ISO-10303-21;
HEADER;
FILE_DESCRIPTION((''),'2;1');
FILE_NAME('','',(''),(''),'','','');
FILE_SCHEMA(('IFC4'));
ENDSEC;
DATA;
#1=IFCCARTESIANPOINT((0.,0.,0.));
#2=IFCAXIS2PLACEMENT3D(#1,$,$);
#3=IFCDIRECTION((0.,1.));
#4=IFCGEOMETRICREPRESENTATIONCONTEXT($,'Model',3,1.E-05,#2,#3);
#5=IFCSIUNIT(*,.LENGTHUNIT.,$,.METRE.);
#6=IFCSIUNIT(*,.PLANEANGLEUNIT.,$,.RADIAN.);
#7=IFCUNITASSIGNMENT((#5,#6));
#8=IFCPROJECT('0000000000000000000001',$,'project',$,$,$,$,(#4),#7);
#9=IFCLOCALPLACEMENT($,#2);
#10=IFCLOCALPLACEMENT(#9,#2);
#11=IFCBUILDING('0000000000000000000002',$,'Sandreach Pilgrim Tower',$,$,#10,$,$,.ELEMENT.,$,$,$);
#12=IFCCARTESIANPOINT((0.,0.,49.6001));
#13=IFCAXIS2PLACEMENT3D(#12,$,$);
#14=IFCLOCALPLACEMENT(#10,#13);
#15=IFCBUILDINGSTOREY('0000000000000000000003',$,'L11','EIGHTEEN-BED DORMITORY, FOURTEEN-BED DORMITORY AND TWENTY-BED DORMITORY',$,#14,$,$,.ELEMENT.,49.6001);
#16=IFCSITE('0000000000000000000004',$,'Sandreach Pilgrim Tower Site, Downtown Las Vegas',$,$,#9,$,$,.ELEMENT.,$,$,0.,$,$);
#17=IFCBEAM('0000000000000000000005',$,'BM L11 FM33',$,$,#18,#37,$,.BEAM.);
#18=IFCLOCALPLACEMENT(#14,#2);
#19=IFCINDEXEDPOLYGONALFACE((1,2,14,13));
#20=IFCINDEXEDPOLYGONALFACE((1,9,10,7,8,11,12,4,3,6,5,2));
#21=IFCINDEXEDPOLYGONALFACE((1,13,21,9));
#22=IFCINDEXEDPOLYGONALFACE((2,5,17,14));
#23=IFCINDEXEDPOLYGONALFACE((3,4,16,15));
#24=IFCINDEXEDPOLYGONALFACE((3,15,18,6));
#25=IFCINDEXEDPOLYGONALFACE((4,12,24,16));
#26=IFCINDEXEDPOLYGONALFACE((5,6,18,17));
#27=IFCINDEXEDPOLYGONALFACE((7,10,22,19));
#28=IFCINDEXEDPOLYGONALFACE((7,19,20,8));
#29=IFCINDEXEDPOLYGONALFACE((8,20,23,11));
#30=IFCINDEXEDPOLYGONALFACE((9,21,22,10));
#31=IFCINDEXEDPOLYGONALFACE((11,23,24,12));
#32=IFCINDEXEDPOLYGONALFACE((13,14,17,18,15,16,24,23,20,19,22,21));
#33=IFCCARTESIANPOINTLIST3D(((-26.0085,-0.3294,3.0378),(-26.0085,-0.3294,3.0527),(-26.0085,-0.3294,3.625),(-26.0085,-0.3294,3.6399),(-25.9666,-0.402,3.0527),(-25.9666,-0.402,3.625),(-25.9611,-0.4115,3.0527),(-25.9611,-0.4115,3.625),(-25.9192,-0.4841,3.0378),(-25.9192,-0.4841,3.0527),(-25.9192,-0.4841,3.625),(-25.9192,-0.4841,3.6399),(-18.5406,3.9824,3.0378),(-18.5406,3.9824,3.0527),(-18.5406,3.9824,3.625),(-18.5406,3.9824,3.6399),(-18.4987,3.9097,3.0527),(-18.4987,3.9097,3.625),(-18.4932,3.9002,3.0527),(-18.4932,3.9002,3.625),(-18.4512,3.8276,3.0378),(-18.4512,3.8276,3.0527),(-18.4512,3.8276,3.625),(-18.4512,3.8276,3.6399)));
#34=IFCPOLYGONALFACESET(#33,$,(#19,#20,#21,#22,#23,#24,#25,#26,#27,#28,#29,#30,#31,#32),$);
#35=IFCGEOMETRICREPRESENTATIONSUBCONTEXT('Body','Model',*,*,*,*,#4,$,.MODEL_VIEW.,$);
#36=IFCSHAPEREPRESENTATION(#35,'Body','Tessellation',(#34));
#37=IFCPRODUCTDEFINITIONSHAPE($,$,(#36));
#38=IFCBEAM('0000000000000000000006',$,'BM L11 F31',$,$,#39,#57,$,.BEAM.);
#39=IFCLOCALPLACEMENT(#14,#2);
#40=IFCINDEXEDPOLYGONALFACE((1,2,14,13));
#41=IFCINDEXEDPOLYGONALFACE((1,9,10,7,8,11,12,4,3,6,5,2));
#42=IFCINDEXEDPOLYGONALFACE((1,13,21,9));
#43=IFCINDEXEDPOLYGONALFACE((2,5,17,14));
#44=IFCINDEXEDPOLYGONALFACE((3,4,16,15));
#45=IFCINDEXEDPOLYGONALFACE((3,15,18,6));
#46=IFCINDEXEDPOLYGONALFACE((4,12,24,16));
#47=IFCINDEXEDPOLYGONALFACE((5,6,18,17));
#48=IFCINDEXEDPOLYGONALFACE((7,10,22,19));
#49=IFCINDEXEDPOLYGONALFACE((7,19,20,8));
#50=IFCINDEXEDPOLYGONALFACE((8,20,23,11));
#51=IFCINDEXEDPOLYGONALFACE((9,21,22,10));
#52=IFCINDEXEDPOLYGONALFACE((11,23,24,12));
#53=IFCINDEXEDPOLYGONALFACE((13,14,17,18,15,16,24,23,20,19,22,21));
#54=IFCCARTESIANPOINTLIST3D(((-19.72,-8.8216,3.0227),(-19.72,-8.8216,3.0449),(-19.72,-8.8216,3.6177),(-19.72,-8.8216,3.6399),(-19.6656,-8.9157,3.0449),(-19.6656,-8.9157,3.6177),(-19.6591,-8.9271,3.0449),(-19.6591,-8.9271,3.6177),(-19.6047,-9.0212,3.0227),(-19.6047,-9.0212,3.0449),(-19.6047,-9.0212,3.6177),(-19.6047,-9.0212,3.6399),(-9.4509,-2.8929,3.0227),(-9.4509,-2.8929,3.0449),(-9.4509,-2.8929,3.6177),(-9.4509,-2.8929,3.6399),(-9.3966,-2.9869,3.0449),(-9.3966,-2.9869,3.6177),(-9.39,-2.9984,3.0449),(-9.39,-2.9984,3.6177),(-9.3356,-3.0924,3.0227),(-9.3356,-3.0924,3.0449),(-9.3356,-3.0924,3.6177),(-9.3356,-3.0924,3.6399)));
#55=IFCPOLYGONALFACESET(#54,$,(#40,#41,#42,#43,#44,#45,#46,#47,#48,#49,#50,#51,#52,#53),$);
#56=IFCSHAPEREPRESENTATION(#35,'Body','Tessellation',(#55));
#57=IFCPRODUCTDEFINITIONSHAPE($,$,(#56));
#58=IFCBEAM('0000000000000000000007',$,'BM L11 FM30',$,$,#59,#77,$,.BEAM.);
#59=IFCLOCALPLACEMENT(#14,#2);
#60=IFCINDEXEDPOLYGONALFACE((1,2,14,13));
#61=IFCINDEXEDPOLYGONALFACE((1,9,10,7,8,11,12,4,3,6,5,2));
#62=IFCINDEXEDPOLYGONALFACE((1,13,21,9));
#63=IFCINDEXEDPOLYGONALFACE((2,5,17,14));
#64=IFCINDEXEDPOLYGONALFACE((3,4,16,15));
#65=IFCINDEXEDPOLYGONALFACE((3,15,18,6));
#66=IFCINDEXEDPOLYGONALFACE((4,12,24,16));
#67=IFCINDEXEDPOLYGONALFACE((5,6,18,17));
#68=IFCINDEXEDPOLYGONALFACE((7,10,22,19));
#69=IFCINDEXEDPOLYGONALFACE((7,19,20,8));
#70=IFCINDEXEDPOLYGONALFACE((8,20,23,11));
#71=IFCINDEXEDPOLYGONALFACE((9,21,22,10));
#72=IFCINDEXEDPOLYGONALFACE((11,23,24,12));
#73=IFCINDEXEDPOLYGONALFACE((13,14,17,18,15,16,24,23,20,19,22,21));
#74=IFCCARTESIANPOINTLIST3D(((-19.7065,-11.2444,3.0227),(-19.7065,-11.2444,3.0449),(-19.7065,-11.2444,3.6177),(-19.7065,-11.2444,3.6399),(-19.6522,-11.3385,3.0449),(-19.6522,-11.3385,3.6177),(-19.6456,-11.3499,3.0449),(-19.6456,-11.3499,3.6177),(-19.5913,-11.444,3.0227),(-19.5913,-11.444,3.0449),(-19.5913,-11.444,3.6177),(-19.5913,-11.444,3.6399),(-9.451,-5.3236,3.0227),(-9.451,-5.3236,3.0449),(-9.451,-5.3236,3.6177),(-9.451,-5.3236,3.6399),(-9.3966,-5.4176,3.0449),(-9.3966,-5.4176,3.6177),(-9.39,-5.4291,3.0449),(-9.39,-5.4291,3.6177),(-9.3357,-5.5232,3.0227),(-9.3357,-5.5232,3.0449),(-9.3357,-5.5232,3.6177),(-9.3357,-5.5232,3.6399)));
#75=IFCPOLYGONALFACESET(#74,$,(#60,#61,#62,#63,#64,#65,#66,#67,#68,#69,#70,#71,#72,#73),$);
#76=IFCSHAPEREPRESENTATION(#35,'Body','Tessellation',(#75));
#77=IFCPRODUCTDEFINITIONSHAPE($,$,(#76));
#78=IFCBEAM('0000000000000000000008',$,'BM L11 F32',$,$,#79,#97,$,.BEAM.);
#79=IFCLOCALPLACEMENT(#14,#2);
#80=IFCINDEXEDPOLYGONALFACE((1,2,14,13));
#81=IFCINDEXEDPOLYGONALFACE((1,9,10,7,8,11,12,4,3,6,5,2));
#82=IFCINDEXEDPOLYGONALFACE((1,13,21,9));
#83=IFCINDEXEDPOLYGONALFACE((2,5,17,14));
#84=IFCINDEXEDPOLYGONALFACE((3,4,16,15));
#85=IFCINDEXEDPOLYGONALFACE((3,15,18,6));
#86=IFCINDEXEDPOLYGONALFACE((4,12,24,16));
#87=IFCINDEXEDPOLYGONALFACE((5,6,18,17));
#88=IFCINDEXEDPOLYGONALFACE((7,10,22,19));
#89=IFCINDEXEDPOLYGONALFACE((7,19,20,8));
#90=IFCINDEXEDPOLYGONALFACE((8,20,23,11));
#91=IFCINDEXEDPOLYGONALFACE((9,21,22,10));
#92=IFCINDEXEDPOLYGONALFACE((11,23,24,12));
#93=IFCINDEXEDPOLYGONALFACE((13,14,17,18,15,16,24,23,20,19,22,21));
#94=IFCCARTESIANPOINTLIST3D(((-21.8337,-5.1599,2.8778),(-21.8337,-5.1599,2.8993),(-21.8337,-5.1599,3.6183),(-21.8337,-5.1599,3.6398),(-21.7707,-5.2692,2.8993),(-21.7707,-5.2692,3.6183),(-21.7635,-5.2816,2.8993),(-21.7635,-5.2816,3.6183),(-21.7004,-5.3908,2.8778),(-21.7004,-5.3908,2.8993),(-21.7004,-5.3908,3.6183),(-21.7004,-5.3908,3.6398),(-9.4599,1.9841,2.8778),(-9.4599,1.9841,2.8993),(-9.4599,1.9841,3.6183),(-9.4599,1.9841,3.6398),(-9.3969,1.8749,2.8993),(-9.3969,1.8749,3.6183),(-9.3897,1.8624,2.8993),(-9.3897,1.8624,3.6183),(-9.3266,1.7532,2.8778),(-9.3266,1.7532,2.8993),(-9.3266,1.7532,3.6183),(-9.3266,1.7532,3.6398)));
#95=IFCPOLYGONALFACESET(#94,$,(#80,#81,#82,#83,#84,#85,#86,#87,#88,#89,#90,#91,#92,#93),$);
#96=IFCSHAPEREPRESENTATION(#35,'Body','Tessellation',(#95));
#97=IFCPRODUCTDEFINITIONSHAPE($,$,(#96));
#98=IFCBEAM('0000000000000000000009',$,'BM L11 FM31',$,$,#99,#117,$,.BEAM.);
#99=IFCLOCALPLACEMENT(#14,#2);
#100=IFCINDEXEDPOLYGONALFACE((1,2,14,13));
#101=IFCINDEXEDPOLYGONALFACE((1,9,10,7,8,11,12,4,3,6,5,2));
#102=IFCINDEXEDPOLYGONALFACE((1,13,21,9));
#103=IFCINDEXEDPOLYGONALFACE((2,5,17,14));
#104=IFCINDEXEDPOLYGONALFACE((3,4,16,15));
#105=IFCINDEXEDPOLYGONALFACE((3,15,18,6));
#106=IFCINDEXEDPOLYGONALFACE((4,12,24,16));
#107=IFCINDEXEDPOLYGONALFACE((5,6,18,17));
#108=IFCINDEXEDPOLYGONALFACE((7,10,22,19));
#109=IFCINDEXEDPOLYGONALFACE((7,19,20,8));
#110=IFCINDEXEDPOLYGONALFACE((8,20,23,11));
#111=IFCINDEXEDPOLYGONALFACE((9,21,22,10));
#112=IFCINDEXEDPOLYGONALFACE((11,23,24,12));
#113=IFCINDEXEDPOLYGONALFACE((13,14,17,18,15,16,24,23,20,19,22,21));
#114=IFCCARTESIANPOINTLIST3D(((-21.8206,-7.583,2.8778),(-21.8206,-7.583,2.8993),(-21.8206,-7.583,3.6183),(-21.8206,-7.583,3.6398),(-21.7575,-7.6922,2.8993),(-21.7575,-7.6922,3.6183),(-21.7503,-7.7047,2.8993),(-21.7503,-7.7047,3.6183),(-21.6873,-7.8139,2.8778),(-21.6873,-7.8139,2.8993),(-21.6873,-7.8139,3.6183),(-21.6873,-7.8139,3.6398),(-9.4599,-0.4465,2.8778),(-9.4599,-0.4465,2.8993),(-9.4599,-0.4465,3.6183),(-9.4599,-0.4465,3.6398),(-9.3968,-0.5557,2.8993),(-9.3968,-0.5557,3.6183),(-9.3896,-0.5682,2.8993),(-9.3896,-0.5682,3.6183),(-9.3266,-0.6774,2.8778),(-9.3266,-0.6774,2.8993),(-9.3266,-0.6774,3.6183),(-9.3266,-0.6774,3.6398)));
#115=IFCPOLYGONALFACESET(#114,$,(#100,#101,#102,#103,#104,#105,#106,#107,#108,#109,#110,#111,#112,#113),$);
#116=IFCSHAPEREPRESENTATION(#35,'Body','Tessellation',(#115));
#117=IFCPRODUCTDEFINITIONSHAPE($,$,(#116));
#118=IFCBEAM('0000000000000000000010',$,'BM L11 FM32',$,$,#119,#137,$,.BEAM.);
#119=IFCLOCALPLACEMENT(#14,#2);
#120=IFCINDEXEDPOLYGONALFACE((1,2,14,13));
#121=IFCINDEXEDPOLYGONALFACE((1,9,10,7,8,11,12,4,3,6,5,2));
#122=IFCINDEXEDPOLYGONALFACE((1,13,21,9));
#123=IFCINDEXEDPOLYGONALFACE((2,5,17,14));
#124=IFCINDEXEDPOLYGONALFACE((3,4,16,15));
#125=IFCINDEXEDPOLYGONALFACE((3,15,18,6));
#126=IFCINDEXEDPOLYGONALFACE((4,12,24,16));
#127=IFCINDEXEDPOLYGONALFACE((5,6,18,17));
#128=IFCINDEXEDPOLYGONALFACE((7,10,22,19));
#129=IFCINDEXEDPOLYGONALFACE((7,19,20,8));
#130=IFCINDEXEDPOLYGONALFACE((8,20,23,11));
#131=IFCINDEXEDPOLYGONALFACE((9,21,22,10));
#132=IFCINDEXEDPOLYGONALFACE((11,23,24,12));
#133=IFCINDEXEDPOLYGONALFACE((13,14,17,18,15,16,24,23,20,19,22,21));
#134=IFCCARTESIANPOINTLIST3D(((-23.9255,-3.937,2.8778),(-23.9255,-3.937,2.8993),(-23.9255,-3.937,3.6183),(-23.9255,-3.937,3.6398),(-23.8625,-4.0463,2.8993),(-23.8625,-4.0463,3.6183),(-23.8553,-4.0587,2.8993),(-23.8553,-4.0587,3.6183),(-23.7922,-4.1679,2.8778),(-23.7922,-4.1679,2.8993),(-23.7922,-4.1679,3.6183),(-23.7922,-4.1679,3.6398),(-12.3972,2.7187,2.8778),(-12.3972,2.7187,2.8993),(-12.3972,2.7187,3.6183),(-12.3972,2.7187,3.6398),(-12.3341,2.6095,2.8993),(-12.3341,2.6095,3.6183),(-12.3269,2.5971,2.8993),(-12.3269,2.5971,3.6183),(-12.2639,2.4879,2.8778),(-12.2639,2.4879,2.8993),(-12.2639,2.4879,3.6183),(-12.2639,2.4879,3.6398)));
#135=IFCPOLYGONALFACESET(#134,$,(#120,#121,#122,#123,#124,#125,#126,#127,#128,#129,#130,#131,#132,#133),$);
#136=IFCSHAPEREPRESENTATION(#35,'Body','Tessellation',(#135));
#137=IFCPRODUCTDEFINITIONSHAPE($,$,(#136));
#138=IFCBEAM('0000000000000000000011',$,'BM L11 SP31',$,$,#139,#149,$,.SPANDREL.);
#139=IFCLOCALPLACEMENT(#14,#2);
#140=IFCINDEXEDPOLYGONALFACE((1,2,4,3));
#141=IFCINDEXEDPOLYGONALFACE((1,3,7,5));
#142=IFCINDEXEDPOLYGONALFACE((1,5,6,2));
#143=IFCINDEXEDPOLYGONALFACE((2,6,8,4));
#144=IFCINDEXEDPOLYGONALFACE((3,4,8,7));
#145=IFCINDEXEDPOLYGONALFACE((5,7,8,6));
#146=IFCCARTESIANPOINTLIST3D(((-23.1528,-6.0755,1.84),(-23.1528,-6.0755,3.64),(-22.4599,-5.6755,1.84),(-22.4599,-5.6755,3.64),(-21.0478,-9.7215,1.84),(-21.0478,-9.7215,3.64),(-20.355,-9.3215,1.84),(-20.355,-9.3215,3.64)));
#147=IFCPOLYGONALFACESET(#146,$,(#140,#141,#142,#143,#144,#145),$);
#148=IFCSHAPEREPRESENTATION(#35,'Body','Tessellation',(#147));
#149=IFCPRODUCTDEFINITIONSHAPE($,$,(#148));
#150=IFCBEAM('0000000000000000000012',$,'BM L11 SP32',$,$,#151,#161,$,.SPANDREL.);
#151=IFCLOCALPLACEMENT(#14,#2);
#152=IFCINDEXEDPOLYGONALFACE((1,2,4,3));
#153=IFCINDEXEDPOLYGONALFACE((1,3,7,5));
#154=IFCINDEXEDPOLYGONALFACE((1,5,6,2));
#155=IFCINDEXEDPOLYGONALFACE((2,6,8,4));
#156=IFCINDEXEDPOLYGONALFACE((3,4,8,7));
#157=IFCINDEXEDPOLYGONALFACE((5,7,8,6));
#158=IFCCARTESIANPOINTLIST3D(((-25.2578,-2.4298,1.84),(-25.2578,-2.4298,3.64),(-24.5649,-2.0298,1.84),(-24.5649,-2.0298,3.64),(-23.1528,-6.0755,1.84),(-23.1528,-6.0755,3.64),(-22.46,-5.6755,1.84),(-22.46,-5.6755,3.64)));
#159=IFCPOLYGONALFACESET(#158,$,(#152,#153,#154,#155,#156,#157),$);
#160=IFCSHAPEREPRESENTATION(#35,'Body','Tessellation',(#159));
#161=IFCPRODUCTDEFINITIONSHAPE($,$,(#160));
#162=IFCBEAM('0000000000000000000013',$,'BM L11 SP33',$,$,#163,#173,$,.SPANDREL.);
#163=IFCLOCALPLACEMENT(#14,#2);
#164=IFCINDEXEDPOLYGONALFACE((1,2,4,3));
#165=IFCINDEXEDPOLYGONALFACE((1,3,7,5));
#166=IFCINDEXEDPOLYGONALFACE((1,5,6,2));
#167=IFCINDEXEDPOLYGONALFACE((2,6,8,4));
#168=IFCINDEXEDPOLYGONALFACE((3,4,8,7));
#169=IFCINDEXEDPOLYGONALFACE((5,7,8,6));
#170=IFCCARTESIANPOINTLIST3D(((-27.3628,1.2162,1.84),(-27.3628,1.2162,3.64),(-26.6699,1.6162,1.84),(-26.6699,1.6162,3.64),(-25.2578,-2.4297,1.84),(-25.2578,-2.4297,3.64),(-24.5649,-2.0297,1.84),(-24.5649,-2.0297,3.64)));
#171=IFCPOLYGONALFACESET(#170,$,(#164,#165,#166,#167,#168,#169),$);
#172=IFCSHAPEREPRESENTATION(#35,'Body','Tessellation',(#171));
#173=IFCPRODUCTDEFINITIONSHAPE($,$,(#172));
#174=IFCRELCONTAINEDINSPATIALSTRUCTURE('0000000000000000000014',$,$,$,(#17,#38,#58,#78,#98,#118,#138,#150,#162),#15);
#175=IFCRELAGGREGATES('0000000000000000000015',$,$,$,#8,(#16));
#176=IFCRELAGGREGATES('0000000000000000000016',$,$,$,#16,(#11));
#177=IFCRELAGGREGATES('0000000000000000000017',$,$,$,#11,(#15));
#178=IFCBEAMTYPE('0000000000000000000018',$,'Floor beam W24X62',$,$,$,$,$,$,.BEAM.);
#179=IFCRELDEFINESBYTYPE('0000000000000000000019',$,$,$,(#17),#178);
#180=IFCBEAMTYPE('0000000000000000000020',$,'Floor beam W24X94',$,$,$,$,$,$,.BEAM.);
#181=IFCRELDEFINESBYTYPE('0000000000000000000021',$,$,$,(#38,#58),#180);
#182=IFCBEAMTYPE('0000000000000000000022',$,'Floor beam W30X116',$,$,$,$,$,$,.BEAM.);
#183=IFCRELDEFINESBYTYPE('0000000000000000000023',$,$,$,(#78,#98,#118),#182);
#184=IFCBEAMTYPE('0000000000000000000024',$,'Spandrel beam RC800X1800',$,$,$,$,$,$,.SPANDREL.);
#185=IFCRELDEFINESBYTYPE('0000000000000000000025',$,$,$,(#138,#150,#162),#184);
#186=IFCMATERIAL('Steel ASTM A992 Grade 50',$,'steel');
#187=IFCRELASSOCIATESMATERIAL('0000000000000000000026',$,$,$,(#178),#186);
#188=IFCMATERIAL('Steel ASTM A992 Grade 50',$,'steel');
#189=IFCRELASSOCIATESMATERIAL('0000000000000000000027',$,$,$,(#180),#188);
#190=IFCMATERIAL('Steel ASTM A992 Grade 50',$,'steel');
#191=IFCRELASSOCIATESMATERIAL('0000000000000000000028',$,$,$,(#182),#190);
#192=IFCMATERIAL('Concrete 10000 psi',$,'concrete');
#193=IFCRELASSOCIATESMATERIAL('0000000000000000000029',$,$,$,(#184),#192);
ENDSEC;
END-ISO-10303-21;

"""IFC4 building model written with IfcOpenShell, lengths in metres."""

from ifc_helpers import new_model, si_unit, direction, frame, origin, origin_2d, place, context, subcontext, project, spatial, rectangle, i_section, extrude, material, material_profile, profile_set, type_object, element, save


model = new_model("IFC4")

# Units and contexts
model_context = context("Model", 3, precision=1e-05, world=origin(), true_north=direction((0.0, 1.0)))
body_context = subcontext(model_context, "Body", "Model", "MODEL_VIEW")
ifc_project = project(units=[si_unit("LENGTHUNIT", "METRE"), si_unit("PLANEANGLEUNIT", "RADIAN")], contexts=[model_context])

# Site, building, storey
site_placement = place(None, origin())
site = spatial("IfcSite", under=ifc_project, at=site_placement, Name="Sandreach Pilgrim Tower Site, Downtown Las Vegas", CompositionType="ELEMENT", RefElevation=0.0)
building_placement = place(site_placement, origin())
building = spatial("IfcBuilding", under=site, at=building_placement, Name="Sandreach Pilgrim Tower", CompositionType="ELEMENT")
storey_placement = place(building_placement, frame((0.0, 0.0, 49.6001)))
storey = spatial("IfcBuildingStorey", under=building, at=storey_placement, Name="L11", Description="EIGHTEEN-BED DORMITORY, FOURTEEN-BED DORMITORY AND TWENTY-BED DORMITORY", CompositionType="ELEMENT", Elevation=49.6001)

# Beams
ifc_material_1 = material(Name="Steel ASTM A992 Grade 50", Category="steel")
ifc_material_profile_1 = material_profile(ifc_material_1, i_section(OverallWidth=0.1787, OverallDepth=0.6021, WebThickness=0.011, FlangeThickness=0.0149, at=origin_2d()), Name="W24X62")
ifc_profile_set_1 = profile_set([ifc_material_profile_1], Name="Steel ASTM A992 Grade 50")
beam_type_1 = type_object("IfcBeamType", Name="Floor beam W24X62", PredefinedType="BEAM", material=ifc_profile_set_1)
beam_1_placement = place(storey_placement, frame((-25.9639, -0.4067, 3.3389), z_axis=(0.86602, 0.500009, 0.0), x_axis=(-0.500009, 0.86602, 0.0)))
element("IfcBeam", 1, at=beam_1_placement, inside=storey, type_object=beam_type_1, Name="BM L11 FM33", PredefinedType="BEAM", context=body_context, shape_type="SweptSolid", body=[
    extrude(i_section(OverallWidth=0.1787, OverallDepth=0.6021, WebThickness=0.011, FlangeThickness=0.0149, at=origin_2d()), origin(), (0.0, 0.0, 1.0), 8.6233),
])
ifc_material_2 = material(Name="Steel ASTM A992 Grade 50", Category="steel")
ifc_material_profile_2 = material_profile(ifc_material_2, i_section(OverallWidth=0.2305, OverallDepth=0.6172, WebThickness=0.0132, FlangeThickness=0.0222, at=origin_2d()), Name="W24X94")
ifc_profile_set_2 = profile_set([ifc_material_profile_2], Name="Steel ASTM A992 Grade 50")
beam_type_2 = type_object("IfcBeamType", Name="Floor beam W24X94", PredefinedType="BEAM", material=ifc_profile_set_2)
beam_2_placement = place(storey_placement, frame((-19.6624, -8.9214, 3.3313), z_axis=(0.86603, 0.499992, 0.0), x_axis=(-0.499992, 0.86603, 0.0)))
element("IfcBeam", 2, at=beam_2_placement, inside=storey, type_object=beam_type_2, Name="BM L11 F31", PredefinedType="BEAM", context=body_context, shape_type="SweptSolid", body=[
    extrude(i_section(OverallWidth=0.2305, OverallDepth=0.6172, WebThickness=0.0132, FlangeThickness=0.0222, at=origin_2d()), origin(), (0.0, 0.0, 1.0), 11.8577),
])
beam_3_placement = place(storey_placement, frame((-19.6489, -11.3442, 3.3313), z_axis=(0.866032, 0.499988, 0.0), x_axis=(-0.499988, 0.866032, 0.0)))
element("IfcBeam", 3, at=beam_3_placement, inside=storey, type_object=beam_type_2, Name="BM L11 FM30", PredefinedType="BEAM", context=body_context, shape_type="SweptSolid", body=[
    extrude(i_section(OverallWidth=0.2305, OverallDepth=0.6172, WebThickness=0.0132, FlangeThickness=0.0222, at=origin_2d()), origin(), (0.0, 0.0, 1.0), 11.842),
])
ifc_material_3 = material(Name="Steel ASTM A992 Grade 50", Category="steel")
ifc_material_profile_3 = material_profile(ifc_material_3, i_section(OverallWidth=0.2666, OverallDepth=0.762, WebThickness=0.0144, FlangeThickness=0.0215, at=origin_2d()), Name="W30X116")
ifc_profile_set_3 = profile_set([ifc_material_profile_3], Name="Steel ASTM A992 Grade 50")
beam_type_3 = type_object("IfcBeamType", Name="Floor beam W30X116", PredefinedType="BEAM", material=ifc_profile_set_3)
beam_4_placement = place(storey_placement, frame((-21.7671, -5.2754, 3.2588), z_axis=(0.866024, 0.500002, 0.0), x_axis=(-0.500002, 0.866024, 0.0)))
element("IfcBeam", 4, at=beam_4_placement, inside=storey, type_object=beam_type_3, Name="BM L11 F32", PredefinedType="BEAM", context=body_context, shape_type="SweptSolid", body=[
    extrude(i_section(OverallWidth=0.2666, OverallDepth=0.762, WebThickness=0.0144, FlangeThickness=0.0215, at=origin_2d()), origin(), (0.0, 0.0, 1.0), 14.2881),
])
beam_5_placement = place(storey_placement, frame((-21.7539, -7.6985, 3.2588), z_axis=(0.866023, 0.500004, 0.0), x_axis=(-0.500004, 0.866023, 0.0)))
element("IfcBeam", 5, at=beam_5_placement, inside=storey, type_object=beam_type_3, Name="BM L11 FM31", PredefinedType="BEAM", context=body_context, shape_type="SweptSolid", body=[
    extrude(i_section(OverallWidth=0.2666, OverallDepth=0.762, WebThickness=0.0144, FlangeThickness=0.0215, at=origin_2d()), origin(), (0.0, 0.0, 1.0), 14.2729),
])
beam_6_placement = place(storey_placement, frame((-23.8589, -4.0525, 3.2588), z_axis=(0.866029, 0.499993, 0.0), x_axis=(-0.499993, 0.866029, 0.0)))
element("IfcBeam", 6, at=beam_6_placement, inside=storey, type_object=beam_type_3, Name="BM L11 FM32", PredefinedType="BEAM", context=body_context, shape_type="SweptSolid", body=[
    extrude(i_section(OverallWidth=0.2666, OverallDepth=0.762, WebThickness=0.0144, FlangeThickness=0.0215, at=origin_2d()), origin(), (0.0, 0.0, 1.0), 13.3118),
])
ifc_material_4 = material(Name="Concrete 10000 psi", Category="concrete")
ifc_material_profile_4 = material_profile(ifc_material_4, rectangle(XDim=0.8, YDim=1.8, at=origin_2d()), Name="RC800X1800")
ifc_profile_set_4 = profile_set([ifc_material_profile_4], Name="Concrete 10000 psi")
beam_type_4 = type_object("IfcBeamType", Name="Spandrel beam RC800X1800", PredefinedType="SPANDREL", material=ifc_profile_set_4)
beam_7_placement = place(storey_placement, frame((-20.7014, -9.5215, 2.74), z_axis=(-0.499994, 0.866029, 0.0), x_axis=(-0.866029, -0.499994, 0.0)))
element("IfcBeam", 7, at=beam_7_placement, inside=storey, type_object=beam_type_4, Name="BM L11 SP31", PredefinedType="SPANDREL", context=body_context, shape_type="SweptSolid", body=[
    extrude(rectangle(XDim=0.8, YDim=1.8, at=origin_2d()), origin(), (0.0, 0.0, 1.0), 4.21),
])
beam_8_placement = place(storey_placement, frame((-22.8064, -5.8755, 2.74), z_axis=(-0.500019, 0.866015, 0.0), x_axis=(-0.866015, -0.500019, 0.0)))
element("IfcBeam", 8, at=beam_8_placement, inside=storey, type_object=beam_type_4, Name="BM L11 SP32", PredefinedType="SPANDREL", context=body_context, shape_type="SweptSolid", body=[
    extrude(rectangle(XDim=0.8, YDim=1.8, at=origin_2d()), origin(), (0.0, 0.0, 1.0), 4.2097),
])
beam_9_placement = place(storey_placement, frame((-24.9114, -2.2297, 2.74), z_axis=(-0.499994, 0.866029, 0.0), x_axis=(-0.866029, -0.499994, 0.0)))
element("IfcBeam", 9, at=beam_9_placement, inside=storey, type_object=beam_type_4, Name="BM L11 SP33", PredefinedType="SPANDREL", context=body_context, shape_type="SweptSolid", body=[
    extrude(rectangle(XDim=0.8, YDim=1.8, at=origin_2d()), origin(), (0.0, 0.0, 1.0), 4.21),
])

save(model, "model.ifc")
